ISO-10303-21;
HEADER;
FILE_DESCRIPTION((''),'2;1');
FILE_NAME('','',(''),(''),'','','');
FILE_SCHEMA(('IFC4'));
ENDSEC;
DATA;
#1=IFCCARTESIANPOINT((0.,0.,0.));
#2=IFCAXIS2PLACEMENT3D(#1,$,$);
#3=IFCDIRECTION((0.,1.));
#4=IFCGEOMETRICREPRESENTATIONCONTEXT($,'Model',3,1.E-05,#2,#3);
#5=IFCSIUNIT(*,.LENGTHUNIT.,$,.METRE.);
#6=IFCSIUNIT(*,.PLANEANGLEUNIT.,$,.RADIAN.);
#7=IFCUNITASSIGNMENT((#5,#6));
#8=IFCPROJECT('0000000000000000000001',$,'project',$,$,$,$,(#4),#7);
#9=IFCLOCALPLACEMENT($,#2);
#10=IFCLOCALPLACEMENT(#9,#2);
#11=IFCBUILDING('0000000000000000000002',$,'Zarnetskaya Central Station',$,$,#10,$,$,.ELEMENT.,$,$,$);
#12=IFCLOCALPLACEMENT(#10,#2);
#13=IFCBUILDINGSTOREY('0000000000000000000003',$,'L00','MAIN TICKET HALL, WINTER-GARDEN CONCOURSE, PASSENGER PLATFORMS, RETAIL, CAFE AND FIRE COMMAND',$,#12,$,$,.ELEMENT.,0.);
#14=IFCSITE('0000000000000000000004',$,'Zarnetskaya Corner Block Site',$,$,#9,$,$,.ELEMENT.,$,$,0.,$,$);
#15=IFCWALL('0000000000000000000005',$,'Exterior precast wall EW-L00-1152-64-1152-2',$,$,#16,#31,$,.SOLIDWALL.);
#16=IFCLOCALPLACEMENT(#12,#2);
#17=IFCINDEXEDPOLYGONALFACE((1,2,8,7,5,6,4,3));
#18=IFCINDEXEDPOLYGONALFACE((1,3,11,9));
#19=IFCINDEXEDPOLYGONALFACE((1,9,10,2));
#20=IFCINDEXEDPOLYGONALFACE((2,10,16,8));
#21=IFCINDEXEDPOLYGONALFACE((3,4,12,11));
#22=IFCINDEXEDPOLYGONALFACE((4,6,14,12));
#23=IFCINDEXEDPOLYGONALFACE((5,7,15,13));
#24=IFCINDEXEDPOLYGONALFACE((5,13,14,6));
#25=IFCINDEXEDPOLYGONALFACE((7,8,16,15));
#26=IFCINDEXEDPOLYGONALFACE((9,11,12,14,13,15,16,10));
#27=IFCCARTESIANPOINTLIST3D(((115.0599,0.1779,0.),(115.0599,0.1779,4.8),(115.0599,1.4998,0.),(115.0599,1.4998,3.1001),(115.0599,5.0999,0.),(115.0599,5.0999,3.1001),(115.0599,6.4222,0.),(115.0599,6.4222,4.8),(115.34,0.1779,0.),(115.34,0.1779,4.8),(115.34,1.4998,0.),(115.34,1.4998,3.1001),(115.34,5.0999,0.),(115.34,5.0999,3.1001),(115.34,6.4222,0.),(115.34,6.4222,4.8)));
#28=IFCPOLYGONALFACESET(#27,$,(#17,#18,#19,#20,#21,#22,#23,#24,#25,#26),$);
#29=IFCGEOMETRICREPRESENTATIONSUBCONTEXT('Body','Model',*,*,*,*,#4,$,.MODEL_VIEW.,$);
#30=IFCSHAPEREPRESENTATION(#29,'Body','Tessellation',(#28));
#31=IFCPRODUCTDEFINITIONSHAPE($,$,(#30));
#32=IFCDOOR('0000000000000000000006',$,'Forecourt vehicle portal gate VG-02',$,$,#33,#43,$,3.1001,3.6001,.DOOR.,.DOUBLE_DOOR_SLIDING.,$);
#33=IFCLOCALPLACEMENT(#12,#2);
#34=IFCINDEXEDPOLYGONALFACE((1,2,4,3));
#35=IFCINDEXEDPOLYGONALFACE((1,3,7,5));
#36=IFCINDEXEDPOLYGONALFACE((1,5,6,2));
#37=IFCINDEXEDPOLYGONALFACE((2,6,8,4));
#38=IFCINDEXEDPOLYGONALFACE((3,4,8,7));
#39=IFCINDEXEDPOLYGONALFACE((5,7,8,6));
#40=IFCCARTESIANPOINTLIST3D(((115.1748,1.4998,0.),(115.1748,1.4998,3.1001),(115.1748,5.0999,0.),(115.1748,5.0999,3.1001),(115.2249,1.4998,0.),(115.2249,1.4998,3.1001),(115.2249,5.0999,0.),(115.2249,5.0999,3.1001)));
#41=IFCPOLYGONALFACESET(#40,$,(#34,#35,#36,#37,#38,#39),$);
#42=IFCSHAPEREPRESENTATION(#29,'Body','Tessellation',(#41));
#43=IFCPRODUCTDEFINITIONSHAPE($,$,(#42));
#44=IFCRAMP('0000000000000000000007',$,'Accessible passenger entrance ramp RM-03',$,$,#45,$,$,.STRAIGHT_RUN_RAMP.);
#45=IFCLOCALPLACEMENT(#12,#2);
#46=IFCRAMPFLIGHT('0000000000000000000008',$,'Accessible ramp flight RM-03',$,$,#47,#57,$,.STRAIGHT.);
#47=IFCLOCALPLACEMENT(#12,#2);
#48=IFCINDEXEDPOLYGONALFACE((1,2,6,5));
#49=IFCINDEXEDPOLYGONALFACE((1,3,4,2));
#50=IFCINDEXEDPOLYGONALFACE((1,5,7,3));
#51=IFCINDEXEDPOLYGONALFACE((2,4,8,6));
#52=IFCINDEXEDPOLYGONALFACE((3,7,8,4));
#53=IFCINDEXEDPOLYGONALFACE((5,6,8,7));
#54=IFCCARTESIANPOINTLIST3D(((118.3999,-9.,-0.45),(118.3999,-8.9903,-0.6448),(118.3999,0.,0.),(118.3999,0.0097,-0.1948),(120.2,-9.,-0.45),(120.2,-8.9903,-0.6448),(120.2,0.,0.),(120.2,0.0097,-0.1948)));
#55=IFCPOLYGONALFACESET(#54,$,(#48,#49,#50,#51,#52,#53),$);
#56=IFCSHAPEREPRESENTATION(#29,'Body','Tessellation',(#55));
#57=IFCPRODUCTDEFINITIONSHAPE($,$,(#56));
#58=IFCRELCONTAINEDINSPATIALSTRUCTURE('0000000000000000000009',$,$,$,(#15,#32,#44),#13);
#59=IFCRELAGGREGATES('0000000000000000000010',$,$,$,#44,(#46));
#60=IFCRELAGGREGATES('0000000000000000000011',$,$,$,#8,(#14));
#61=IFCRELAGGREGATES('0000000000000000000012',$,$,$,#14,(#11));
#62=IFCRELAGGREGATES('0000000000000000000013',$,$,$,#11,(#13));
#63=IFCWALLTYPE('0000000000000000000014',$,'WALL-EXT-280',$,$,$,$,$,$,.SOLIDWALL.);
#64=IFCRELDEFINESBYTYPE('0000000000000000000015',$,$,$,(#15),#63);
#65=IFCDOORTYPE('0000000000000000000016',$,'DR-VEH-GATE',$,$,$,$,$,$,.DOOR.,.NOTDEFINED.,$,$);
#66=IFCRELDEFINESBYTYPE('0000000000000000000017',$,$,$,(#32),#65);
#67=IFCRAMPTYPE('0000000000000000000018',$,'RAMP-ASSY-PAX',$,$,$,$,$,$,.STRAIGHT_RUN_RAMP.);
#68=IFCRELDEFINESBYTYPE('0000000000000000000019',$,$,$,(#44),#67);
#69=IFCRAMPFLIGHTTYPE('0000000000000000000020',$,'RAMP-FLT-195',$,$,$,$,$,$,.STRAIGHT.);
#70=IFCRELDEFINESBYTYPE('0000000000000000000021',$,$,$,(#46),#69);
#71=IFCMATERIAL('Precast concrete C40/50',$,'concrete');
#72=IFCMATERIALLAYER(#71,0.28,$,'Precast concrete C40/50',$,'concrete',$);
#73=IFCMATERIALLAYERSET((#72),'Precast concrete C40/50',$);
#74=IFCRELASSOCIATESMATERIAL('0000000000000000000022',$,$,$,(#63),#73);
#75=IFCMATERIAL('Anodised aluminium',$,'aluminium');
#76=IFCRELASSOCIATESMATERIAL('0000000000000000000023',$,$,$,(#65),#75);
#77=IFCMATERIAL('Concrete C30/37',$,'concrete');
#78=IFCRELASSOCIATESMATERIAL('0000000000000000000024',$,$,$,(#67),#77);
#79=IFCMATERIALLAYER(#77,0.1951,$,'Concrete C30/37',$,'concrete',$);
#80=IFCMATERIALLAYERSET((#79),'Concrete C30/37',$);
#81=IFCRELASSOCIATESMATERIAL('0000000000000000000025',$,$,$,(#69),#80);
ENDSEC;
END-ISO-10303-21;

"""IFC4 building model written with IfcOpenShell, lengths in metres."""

from ifc_helpers import new_model, si_unit, direction, frame, frame_2d, origin, place, context, subcontext, project, spatial, polyline, rectangle, outline, extrude, material, layer, layer_set, type_object, element, fill, aggregate, save


model = new_model("IFC4")

# Units and contexts
model_context = context("Model", 3, precision=1e-05, world=origin(), true_north=direction((0.0, 1.0)))
body_context = subcontext(model_context, "Body", "Model", "MODEL_VIEW")
ifc_project = project(units=[si_unit("LENGTHUNIT", "METRE"), si_unit("PLANEANGLEUNIT", "RADIAN")], contexts=[model_context])

# Site, building, storey
site_placement = place(None, origin())
site = spatial("IfcSite", under=ifc_project, at=site_placement, Name="Zarnetskaya Corner Block Site", CompositionType="ELEMENT", RefElevation=0.0)
building_placement = place(site_placement, origin())
building = spatial("IfcBuilding", under=site, at=building_placement, Name="Zarnetskaya Central Station", CompositionType="ELEMENT")
storey_placement = place(building_placement, origin())
storey = spatial("IfcBuildingStorey", under=building, at=storey_placement, Name="L00", Description="MAIN TICKET HALL, WINTER-GARDEN CONCOURSE, PASSENGER PLATFORMS, RETAIL, CAFE AND FIRE COMMAND", CompositionType="ELEMENT", Elevation=0.0)

# Shared definitions
ifc_material_1 = material(Name="Precast concrete C40/50", Category="concrete")

# Wall, opening, door
ifc_layer_1 = layer(ifc_material_1, 0.28, Name="Precast concrete C40/50", Category="concrete")
ifc_layer_set_1 = layer_set([ifc_layer_1], Name="Precast concrete C40/50")
wall_type = type_object("IfcWallType", Name="WALL-EXT-280", PredefinedType="SOLIDWALL", material=ifc_layer_set_1)
wall_placement = place(storey_placement, frame((115.2, 6.4221, 0.0), z_axis=(0.0, 0.0, 1.0), x_axis=(0.0, -1.0, 0.0)))
wall = element("IfcWall", 1, at=wall_placement, inside=storey, type_object=wall_type, Name="Exterior precast wall EW-L00-1152-64-1152-2", PredefinedType="SOLIDWALL", context=body_context, shape_type="SweptSolid", body=[
    extrude(rectangle(XDim=6.2444, YDim=0.28, at=frame_2d((3.1221, 0.0))), origin(), (0.0, 0.0, 1.0), 4.8),
])
opening_placement = place(wall_placement, frame((1.3223, 0.0, 0.0)))
opening = element("IfcOpeningElement", 2, at=opening_placement, cuts=wall, PredefinedType="OPENING", context=body_context, shape_type="SweptSolid", body=[
    extrude(rectangle(XDim=3.6001, YDim=3.1001, at=frame_2d((1.8, 1.55))), frame((0.0, 0.1499, 0.0), z_axis=(0.0, -1.0, 0.0), x_axis=(1.0, 0.0, 0.0)), (0.0, 0.0, 1.0), 0.3),
])
ifc_material_2 = material(Name="Anodised aluminium", Category="aluminium")
door_type = type_object("IfcDoorType", Name="DR-VEH-GATE", OperationType="NOTDEFINED", PredefinedType="DOOR", material=ifc_material_2)
door_placement = place(opening_placement, origin())
door = element("IfcDoor", 3, at=door_placement, inside=storey, type_object=door_type, Name="Forecourt vehicle portal gate VG-02", OperationType="DOUBLE_DOOR_SLIDING", OverallHeight=3.1001, OverallWidth=3.6001, PredefinedType="DOOR", context=body_context, shape_type="SweptSolid", body=[
    extrude(rectangle(XDim=3.6001, YDim=3.1001, at=frame_2d((1.8, 1.55))), frame((0.0, 0.0249, 0.0), z_axis=(0.0, -1.0, 0.0), x_axis=(1.0, 0.0, 0.0)), (0.0, 0.0, 1.0), 0.05),
])
fill(opening, door)

# Ramp, ramp flight
ifc_material_3 = material(Name="Concrete C30/37", Category="concrete")
ramp_type = type_object("IfcRampType", Name="RAMP-ASSY-PAX", PredefinedType="STRAIGHT_RUN_RAMP", material=ifc_material_3)
ramp_placement = place(storey_placement, origin())
ramp = element("IfcRamp", 4, at=ramp_placement, inside=storey, type_object=ramp_type, Name="Accessible passenger entrance ramp RM-03", PredefinedType="STRAIGHT_RUN_RAMP")
ifc_layer_2 = layer(ifc_material_3, 0.1951, Name="Concrete C30/37", Category="concrete")
ifc_layer_set_2 = layer_set([ifc_layer_2], Name="Concrete C30/37")
ramp_flight_type = type_object("IfcRampFlightType", Name="RAMP-FLT-195", PredefinedType="STRAIGHT", material=ifc_layer_set_2)
ramp_flight_placement = place(storey_placement, frame((118.3999, -9.0, -0.45), z_axis=(0.0, -0.049932, 0.998753), x_axis=(1.0, 0.0, 0.0)))
ramp_flight = element("IfcRampFlight", 5, at=ramp_flight_placement, type_object=ramp_flight_type, Name="Accessible ramp flight RM-03", PredefinedType="STRAIGHT", context=body_context, shape_type="SweptSolid", body=[
    extrude(outline(polyline([(0.0, 0.0), (1.8, 0.0), (1.8, 9.0112), (0.0, 9.0112), (0.0, 0.0)])), origin(), (0.0, 0.0, -1.0), 0.1951),
])
aggregate(ramp, [ramp_flight])

save(model, "model.ifc")
